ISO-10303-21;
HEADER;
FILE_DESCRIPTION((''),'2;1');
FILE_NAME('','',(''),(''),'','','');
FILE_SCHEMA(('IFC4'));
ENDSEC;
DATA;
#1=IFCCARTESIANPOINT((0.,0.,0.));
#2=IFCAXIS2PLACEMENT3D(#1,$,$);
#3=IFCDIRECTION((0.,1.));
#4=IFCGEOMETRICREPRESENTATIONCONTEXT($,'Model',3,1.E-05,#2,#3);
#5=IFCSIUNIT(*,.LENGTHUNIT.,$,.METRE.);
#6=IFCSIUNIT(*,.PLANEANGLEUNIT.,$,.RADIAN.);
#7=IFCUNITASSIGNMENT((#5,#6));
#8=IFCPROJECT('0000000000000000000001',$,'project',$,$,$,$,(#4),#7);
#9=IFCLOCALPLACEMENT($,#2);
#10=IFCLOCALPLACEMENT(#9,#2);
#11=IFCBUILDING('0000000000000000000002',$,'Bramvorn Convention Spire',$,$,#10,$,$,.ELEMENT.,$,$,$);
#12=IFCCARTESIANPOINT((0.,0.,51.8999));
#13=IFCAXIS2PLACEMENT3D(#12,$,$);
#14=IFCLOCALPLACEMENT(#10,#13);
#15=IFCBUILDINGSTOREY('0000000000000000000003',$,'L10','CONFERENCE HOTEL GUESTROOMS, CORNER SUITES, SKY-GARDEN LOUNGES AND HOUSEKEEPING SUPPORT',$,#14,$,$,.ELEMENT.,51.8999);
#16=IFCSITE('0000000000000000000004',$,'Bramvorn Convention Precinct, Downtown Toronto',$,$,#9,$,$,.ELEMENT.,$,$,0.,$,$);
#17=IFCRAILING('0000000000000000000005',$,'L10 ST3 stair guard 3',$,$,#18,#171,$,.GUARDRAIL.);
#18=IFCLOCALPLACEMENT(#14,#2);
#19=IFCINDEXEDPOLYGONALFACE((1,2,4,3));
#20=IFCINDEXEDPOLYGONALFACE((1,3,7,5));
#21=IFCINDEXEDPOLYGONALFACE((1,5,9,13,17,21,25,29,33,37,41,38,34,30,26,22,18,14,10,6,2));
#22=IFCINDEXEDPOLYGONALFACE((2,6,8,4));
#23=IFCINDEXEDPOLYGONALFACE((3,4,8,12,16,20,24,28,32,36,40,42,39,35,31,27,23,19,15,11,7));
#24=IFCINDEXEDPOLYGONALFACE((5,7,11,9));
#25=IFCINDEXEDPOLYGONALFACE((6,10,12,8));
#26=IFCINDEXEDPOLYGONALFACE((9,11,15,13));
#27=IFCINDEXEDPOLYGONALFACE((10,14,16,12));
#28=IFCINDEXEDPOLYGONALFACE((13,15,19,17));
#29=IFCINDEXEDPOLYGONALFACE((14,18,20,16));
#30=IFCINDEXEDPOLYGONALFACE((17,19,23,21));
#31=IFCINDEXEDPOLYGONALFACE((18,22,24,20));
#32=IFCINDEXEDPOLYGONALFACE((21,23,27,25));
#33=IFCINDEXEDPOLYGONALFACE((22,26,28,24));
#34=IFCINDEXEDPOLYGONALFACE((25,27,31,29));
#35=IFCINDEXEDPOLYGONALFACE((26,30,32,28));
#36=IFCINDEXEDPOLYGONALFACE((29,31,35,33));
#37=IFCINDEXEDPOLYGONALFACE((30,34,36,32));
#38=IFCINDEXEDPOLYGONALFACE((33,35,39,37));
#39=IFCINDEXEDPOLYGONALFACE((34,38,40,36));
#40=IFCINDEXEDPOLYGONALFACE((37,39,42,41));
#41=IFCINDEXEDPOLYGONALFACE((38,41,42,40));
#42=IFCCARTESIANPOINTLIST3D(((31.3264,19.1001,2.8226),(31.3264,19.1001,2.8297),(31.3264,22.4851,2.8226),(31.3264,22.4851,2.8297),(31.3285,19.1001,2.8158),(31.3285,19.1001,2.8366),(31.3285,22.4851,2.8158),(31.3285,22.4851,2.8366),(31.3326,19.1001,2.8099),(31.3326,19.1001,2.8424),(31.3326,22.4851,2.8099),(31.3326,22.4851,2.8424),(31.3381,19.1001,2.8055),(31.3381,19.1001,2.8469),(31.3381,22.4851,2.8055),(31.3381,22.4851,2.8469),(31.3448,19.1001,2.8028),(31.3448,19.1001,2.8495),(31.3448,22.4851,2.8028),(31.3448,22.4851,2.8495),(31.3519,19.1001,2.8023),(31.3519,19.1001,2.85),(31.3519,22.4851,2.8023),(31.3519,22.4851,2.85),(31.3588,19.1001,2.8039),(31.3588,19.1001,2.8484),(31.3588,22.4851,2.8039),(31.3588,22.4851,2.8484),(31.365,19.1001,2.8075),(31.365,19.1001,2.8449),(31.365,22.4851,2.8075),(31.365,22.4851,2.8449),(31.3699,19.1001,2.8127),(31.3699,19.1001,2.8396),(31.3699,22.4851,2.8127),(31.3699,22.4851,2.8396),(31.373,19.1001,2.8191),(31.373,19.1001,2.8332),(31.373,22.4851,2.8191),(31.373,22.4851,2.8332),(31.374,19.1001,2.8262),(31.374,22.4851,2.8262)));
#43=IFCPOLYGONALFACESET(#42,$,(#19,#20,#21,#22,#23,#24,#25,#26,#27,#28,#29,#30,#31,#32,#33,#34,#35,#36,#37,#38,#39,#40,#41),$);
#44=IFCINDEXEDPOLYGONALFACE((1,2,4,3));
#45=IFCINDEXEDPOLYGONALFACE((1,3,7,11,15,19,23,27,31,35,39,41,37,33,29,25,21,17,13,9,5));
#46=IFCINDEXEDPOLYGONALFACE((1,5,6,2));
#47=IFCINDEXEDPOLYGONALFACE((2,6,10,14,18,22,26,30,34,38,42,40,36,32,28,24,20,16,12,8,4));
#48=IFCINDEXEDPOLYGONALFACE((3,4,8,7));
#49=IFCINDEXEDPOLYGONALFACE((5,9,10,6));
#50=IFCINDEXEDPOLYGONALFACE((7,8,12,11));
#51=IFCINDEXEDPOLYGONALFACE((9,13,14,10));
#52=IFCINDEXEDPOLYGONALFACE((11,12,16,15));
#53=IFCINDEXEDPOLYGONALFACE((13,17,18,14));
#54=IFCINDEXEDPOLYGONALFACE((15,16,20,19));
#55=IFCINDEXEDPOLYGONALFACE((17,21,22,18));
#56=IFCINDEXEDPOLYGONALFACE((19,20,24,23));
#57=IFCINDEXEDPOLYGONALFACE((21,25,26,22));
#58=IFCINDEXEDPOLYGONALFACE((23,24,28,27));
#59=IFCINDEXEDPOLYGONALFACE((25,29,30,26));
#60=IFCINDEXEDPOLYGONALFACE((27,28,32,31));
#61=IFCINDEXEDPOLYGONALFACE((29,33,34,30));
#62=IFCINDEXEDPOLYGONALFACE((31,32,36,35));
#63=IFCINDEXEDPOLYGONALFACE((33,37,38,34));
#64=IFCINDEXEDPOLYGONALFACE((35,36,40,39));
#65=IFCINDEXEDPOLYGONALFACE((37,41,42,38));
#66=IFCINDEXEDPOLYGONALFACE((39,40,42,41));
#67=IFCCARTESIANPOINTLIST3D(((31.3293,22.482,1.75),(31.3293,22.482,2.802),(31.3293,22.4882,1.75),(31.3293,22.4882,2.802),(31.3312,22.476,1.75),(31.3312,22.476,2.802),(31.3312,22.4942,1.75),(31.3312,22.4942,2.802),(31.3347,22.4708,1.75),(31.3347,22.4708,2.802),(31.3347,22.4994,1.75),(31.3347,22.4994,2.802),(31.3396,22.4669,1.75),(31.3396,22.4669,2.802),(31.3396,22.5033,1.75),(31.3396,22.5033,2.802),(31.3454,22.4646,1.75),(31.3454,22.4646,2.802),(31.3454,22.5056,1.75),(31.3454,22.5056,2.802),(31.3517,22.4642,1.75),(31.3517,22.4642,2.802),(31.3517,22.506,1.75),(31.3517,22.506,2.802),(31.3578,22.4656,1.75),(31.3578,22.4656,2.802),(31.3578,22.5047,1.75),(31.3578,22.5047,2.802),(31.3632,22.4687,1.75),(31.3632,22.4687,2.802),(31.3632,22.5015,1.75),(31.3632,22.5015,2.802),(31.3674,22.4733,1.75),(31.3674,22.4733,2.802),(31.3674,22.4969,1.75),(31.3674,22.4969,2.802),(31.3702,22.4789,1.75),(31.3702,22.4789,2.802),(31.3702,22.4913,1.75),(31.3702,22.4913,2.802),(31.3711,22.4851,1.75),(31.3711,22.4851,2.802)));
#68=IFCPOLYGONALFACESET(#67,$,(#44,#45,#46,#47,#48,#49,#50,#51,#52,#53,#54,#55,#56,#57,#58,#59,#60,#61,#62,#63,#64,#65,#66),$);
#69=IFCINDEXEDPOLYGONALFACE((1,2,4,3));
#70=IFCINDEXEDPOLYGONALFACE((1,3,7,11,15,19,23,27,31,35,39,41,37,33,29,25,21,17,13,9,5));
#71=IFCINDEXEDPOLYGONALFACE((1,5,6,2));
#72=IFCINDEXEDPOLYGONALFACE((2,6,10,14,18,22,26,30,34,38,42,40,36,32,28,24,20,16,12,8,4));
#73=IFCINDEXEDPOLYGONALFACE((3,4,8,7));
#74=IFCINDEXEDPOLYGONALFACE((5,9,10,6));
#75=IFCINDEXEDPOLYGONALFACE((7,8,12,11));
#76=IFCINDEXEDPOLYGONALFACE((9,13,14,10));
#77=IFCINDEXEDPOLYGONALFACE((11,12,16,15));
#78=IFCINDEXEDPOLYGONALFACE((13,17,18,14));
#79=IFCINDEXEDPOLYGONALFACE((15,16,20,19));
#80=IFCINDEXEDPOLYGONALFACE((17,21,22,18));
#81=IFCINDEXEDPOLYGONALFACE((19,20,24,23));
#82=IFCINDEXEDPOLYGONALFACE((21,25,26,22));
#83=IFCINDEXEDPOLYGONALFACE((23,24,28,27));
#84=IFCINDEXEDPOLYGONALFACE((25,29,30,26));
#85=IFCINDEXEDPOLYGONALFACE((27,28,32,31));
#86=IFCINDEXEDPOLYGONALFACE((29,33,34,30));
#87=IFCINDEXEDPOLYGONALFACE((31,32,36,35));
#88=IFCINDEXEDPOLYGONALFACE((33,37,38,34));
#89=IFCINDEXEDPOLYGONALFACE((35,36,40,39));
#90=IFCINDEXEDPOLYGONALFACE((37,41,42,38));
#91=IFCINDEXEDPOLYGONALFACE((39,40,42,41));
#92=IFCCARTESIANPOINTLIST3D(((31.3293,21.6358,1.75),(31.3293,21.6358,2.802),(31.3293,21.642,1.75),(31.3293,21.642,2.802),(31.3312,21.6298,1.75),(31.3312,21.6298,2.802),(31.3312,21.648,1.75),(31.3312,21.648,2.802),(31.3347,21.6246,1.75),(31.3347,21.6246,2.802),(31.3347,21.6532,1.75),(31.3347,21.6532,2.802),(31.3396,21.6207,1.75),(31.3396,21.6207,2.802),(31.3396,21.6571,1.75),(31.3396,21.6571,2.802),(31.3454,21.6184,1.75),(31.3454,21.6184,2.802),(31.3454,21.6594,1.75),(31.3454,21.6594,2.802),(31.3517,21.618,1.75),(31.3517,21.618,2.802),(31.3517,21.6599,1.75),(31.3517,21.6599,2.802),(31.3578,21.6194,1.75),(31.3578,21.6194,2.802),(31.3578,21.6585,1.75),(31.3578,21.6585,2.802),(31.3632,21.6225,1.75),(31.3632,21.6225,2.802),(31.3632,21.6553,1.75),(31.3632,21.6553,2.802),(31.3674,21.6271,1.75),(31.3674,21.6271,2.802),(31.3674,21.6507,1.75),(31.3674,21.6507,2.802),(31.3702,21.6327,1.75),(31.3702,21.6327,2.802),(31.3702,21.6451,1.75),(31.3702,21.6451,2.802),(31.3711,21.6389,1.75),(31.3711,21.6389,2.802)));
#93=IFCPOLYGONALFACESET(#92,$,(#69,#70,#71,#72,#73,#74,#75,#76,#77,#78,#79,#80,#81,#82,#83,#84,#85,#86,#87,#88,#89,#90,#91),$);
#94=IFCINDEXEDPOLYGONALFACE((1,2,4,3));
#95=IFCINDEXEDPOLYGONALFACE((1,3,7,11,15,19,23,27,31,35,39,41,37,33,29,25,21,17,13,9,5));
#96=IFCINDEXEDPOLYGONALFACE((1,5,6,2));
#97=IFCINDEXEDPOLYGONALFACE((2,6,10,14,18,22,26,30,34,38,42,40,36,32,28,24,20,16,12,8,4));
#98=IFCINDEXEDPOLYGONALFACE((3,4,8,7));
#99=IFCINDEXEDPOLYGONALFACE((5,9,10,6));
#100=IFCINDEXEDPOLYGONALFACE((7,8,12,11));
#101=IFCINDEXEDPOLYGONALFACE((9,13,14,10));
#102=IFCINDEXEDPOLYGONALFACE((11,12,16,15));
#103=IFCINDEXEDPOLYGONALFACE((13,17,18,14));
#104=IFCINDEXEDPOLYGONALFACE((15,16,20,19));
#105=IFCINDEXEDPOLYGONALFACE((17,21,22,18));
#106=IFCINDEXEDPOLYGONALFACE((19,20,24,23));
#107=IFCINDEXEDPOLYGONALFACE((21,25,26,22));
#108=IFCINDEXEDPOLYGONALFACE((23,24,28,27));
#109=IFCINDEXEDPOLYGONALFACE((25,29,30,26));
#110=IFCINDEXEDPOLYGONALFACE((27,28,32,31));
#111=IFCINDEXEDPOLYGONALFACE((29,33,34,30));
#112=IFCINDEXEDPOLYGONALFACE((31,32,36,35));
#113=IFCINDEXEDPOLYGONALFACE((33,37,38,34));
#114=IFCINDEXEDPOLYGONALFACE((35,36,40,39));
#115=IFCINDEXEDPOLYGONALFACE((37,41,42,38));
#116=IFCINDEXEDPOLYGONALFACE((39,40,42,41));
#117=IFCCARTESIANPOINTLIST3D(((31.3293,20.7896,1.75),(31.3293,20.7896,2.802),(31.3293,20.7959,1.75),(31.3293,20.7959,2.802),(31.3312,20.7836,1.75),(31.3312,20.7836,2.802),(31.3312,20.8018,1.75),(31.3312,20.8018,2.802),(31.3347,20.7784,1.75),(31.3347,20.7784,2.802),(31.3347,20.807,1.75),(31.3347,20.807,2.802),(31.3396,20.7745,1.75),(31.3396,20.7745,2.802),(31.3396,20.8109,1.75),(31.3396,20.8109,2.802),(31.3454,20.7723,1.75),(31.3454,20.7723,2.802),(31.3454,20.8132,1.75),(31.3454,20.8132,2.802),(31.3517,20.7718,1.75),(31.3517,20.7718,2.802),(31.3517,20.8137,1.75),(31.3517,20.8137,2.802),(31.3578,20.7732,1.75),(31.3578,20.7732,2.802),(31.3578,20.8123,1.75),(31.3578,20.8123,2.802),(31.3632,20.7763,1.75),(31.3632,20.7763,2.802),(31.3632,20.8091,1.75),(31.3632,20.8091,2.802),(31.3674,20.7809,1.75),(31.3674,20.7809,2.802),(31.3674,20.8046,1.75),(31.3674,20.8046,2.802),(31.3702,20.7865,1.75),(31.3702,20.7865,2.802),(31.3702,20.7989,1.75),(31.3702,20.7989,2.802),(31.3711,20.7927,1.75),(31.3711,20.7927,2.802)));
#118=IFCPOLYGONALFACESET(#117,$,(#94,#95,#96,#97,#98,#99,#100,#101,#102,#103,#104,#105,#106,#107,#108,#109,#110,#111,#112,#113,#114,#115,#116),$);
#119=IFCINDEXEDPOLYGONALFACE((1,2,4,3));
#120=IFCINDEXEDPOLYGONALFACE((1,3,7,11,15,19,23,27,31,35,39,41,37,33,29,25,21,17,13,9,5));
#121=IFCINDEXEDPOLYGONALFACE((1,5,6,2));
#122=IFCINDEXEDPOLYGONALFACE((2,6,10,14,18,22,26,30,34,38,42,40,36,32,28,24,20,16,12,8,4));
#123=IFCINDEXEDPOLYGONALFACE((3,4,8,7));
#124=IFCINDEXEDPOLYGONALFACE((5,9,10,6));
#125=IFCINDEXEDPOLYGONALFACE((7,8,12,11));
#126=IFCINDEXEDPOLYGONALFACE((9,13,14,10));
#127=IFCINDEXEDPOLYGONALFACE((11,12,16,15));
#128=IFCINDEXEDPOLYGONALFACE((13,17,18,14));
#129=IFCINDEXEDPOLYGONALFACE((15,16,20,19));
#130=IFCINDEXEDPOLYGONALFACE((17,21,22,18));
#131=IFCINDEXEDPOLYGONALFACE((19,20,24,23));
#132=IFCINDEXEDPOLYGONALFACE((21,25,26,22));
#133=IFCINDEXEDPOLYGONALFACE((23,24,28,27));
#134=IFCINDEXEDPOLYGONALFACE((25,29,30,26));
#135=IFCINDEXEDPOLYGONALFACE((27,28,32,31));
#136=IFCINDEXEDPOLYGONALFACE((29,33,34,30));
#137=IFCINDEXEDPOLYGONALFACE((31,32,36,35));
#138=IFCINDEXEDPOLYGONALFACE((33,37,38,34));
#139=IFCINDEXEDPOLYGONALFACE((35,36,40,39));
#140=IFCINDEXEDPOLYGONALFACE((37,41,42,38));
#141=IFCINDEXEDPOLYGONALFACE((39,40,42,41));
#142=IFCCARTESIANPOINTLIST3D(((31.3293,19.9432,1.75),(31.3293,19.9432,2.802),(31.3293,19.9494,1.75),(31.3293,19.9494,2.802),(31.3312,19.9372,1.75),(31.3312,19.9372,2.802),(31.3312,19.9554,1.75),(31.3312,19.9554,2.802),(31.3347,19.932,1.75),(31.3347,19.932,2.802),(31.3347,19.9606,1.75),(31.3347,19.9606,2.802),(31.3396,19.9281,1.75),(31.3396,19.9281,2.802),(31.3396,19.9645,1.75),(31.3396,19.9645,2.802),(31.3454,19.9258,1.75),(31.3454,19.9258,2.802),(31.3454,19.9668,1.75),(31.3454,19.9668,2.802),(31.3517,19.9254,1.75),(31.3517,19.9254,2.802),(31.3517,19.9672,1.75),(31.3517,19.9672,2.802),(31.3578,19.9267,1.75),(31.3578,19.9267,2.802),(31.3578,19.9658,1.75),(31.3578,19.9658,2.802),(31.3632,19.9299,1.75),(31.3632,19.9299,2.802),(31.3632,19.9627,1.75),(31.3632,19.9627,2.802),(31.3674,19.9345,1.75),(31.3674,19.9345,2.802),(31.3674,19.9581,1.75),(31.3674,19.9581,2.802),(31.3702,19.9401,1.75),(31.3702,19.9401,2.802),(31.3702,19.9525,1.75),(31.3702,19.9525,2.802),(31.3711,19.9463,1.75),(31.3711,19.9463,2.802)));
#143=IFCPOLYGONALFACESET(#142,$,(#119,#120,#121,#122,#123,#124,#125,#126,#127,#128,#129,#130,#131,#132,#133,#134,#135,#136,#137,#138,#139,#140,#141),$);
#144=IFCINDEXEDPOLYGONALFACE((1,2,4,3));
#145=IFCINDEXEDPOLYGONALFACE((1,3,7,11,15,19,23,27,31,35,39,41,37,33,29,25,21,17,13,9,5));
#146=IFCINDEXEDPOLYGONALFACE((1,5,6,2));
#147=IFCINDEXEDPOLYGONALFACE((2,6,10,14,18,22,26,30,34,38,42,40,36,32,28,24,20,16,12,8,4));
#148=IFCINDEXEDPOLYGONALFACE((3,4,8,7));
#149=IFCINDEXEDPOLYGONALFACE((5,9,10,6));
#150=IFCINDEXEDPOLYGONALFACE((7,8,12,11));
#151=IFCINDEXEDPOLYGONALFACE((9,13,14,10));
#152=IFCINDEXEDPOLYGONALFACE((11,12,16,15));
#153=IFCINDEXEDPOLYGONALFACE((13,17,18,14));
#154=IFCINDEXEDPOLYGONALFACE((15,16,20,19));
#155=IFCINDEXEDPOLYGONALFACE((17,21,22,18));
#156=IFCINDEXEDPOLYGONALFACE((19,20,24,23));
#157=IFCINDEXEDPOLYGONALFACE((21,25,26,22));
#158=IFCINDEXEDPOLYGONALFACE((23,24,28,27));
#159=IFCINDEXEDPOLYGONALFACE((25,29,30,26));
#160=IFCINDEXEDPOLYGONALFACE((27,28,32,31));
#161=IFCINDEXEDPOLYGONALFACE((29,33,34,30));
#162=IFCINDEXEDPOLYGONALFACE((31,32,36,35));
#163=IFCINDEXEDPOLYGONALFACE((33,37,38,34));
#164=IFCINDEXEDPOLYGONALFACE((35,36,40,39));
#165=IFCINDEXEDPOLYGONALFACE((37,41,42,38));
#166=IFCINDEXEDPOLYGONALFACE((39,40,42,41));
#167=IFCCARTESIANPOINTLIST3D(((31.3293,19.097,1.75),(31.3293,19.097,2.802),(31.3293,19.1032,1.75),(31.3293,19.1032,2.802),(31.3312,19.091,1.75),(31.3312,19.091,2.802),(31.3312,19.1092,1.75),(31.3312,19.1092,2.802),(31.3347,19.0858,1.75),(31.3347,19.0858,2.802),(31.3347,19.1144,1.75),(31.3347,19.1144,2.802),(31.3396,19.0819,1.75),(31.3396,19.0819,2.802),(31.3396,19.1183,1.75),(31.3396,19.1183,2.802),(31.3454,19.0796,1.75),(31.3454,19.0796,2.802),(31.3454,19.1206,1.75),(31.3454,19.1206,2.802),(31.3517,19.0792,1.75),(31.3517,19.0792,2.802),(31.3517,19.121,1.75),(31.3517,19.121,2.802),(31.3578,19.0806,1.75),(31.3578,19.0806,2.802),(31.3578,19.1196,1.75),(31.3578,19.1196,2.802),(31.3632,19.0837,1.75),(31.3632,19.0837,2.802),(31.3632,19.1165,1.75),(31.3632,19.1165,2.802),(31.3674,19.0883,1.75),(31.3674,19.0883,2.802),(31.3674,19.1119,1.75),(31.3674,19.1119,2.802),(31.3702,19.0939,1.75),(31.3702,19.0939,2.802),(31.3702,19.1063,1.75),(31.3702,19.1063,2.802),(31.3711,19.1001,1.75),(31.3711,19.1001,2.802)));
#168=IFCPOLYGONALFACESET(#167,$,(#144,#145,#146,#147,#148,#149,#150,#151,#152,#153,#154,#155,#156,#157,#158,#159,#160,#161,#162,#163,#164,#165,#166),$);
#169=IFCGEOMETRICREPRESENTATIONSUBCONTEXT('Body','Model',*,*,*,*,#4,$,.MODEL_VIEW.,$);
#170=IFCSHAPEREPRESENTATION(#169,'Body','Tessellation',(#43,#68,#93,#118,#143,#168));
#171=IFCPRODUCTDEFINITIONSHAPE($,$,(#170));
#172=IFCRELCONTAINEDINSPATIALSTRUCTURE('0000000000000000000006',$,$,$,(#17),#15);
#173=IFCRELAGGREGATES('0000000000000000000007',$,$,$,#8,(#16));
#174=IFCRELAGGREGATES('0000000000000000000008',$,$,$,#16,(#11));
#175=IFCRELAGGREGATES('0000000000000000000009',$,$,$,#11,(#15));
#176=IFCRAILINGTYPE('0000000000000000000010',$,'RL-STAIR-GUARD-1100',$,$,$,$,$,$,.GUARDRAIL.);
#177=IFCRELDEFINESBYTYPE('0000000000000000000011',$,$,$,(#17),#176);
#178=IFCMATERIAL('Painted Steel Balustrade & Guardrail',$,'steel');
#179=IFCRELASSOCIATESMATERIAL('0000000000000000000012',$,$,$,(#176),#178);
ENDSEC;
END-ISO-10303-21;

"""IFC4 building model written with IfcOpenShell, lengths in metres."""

from ifc_helpers import new_model, si_unit, direction, frame, origin, origin_2d, place, context, subcontext, project, spatial, circle, extrude, material, type_object, element, save


model = new_model("IFC4")

# Units and contexts
model_context = context("Model", 3, precision=1e-05, world=origin(), true_north=direction((0.0, 1.0)))
body_context = subcontext(model_context, "Body", "Model", "MODEL_VIEW")
ifc_project = project(units=[si_unit("LENGTHUNIT", "METRE"), si_unit("PLANEANGLEUNIT", "RADIAN")], contexts=[model_context])

# Site, building, storey
site_placement = place(None, origin())
site = spatial("IfcSite", under=ifc_project, at=site_placement, Name="Bramvorn Convention Precinct, Downtown Toronto", CompositionType="ELEMENT", RefElevation=0.0)
building_placement = place(site_placement, origin())
building = spatial("IfcBuilding", under=site, at=building_placement, Name="Bramvorn Convention Spire", CompositionType="ELEMENT")
storey_placement = place(building_placement, frame((0.0, 0.0, 51.8999)))
storey = spatial("IfcBuildingStorey", under=building, at=storey_placement, Name="L10", Description="CONFERENCE HOTEL GUESTROOMS, CORNER SUITES, SKY-GARDEN LOUNGES AND HOUSEKEEPING SUPPORT", CompositionType="ELEMENT", Elevation=51.8999)

# Railing
ifc_material_1 = material(Name="Painted Steel Balustrade & Guardrail", Category="steel")
railing_type_1 = type_object("IfcRailingType", Name="RL-STAIR-GUARD-1100", PredefinedType="GUARDRAIL", material=ifc_material_1)
for number, where, name in (
    (1, (31.3501, 22.4851, 1.75), "L10 ST3 stair guard 3"),
):
    element("IfcRailing", number, at=place(storey_placement, frame(where)), inside=storey, type_object=railing_type_1, Name=name, PredefinedType="GUARDRAIL", context=body_context, shape_type="SweptSolid", body=[
        extrude(circle(Radius=0.0239, at=origin_2d()), frame((0.0, 0.0, 1.0762), z_axis=(0.0, -1.0, 0.0), x_axis=(1.0, 0.0, 0.0)), (0.0, 0.0, 1.0), 3.385),
        extrude(circle(Radius=0.021, at=origin_2d()), origin(), (0.0, 0.0, 1.0), 1.052),
        extrude(circle(Radius=0.021, at=origin_2d()), frame((0.0, -0.8462, 0.0)), (0.0, 0.0, 1.0), 1.052),
        extrude(circle(Radius=0.021, at=origin_2d()), frame((0.0, -1.6924, 0.0)), (0.0, 0.0, 1.0), 1.052),
        extrude(circle(Radius=0.021, at=origin_2d()), frame((0.0, -2.5388, 0.0)), (0.0, 0.0, 1.0), 1.052),
        extrude(circle(Radius=0.021, at=origin_2d()), frame((0.0, -3.385, 0.0)), (0.0, 0.0, 1.0), 1.052),
    ])

save(model, "model.ifc")
